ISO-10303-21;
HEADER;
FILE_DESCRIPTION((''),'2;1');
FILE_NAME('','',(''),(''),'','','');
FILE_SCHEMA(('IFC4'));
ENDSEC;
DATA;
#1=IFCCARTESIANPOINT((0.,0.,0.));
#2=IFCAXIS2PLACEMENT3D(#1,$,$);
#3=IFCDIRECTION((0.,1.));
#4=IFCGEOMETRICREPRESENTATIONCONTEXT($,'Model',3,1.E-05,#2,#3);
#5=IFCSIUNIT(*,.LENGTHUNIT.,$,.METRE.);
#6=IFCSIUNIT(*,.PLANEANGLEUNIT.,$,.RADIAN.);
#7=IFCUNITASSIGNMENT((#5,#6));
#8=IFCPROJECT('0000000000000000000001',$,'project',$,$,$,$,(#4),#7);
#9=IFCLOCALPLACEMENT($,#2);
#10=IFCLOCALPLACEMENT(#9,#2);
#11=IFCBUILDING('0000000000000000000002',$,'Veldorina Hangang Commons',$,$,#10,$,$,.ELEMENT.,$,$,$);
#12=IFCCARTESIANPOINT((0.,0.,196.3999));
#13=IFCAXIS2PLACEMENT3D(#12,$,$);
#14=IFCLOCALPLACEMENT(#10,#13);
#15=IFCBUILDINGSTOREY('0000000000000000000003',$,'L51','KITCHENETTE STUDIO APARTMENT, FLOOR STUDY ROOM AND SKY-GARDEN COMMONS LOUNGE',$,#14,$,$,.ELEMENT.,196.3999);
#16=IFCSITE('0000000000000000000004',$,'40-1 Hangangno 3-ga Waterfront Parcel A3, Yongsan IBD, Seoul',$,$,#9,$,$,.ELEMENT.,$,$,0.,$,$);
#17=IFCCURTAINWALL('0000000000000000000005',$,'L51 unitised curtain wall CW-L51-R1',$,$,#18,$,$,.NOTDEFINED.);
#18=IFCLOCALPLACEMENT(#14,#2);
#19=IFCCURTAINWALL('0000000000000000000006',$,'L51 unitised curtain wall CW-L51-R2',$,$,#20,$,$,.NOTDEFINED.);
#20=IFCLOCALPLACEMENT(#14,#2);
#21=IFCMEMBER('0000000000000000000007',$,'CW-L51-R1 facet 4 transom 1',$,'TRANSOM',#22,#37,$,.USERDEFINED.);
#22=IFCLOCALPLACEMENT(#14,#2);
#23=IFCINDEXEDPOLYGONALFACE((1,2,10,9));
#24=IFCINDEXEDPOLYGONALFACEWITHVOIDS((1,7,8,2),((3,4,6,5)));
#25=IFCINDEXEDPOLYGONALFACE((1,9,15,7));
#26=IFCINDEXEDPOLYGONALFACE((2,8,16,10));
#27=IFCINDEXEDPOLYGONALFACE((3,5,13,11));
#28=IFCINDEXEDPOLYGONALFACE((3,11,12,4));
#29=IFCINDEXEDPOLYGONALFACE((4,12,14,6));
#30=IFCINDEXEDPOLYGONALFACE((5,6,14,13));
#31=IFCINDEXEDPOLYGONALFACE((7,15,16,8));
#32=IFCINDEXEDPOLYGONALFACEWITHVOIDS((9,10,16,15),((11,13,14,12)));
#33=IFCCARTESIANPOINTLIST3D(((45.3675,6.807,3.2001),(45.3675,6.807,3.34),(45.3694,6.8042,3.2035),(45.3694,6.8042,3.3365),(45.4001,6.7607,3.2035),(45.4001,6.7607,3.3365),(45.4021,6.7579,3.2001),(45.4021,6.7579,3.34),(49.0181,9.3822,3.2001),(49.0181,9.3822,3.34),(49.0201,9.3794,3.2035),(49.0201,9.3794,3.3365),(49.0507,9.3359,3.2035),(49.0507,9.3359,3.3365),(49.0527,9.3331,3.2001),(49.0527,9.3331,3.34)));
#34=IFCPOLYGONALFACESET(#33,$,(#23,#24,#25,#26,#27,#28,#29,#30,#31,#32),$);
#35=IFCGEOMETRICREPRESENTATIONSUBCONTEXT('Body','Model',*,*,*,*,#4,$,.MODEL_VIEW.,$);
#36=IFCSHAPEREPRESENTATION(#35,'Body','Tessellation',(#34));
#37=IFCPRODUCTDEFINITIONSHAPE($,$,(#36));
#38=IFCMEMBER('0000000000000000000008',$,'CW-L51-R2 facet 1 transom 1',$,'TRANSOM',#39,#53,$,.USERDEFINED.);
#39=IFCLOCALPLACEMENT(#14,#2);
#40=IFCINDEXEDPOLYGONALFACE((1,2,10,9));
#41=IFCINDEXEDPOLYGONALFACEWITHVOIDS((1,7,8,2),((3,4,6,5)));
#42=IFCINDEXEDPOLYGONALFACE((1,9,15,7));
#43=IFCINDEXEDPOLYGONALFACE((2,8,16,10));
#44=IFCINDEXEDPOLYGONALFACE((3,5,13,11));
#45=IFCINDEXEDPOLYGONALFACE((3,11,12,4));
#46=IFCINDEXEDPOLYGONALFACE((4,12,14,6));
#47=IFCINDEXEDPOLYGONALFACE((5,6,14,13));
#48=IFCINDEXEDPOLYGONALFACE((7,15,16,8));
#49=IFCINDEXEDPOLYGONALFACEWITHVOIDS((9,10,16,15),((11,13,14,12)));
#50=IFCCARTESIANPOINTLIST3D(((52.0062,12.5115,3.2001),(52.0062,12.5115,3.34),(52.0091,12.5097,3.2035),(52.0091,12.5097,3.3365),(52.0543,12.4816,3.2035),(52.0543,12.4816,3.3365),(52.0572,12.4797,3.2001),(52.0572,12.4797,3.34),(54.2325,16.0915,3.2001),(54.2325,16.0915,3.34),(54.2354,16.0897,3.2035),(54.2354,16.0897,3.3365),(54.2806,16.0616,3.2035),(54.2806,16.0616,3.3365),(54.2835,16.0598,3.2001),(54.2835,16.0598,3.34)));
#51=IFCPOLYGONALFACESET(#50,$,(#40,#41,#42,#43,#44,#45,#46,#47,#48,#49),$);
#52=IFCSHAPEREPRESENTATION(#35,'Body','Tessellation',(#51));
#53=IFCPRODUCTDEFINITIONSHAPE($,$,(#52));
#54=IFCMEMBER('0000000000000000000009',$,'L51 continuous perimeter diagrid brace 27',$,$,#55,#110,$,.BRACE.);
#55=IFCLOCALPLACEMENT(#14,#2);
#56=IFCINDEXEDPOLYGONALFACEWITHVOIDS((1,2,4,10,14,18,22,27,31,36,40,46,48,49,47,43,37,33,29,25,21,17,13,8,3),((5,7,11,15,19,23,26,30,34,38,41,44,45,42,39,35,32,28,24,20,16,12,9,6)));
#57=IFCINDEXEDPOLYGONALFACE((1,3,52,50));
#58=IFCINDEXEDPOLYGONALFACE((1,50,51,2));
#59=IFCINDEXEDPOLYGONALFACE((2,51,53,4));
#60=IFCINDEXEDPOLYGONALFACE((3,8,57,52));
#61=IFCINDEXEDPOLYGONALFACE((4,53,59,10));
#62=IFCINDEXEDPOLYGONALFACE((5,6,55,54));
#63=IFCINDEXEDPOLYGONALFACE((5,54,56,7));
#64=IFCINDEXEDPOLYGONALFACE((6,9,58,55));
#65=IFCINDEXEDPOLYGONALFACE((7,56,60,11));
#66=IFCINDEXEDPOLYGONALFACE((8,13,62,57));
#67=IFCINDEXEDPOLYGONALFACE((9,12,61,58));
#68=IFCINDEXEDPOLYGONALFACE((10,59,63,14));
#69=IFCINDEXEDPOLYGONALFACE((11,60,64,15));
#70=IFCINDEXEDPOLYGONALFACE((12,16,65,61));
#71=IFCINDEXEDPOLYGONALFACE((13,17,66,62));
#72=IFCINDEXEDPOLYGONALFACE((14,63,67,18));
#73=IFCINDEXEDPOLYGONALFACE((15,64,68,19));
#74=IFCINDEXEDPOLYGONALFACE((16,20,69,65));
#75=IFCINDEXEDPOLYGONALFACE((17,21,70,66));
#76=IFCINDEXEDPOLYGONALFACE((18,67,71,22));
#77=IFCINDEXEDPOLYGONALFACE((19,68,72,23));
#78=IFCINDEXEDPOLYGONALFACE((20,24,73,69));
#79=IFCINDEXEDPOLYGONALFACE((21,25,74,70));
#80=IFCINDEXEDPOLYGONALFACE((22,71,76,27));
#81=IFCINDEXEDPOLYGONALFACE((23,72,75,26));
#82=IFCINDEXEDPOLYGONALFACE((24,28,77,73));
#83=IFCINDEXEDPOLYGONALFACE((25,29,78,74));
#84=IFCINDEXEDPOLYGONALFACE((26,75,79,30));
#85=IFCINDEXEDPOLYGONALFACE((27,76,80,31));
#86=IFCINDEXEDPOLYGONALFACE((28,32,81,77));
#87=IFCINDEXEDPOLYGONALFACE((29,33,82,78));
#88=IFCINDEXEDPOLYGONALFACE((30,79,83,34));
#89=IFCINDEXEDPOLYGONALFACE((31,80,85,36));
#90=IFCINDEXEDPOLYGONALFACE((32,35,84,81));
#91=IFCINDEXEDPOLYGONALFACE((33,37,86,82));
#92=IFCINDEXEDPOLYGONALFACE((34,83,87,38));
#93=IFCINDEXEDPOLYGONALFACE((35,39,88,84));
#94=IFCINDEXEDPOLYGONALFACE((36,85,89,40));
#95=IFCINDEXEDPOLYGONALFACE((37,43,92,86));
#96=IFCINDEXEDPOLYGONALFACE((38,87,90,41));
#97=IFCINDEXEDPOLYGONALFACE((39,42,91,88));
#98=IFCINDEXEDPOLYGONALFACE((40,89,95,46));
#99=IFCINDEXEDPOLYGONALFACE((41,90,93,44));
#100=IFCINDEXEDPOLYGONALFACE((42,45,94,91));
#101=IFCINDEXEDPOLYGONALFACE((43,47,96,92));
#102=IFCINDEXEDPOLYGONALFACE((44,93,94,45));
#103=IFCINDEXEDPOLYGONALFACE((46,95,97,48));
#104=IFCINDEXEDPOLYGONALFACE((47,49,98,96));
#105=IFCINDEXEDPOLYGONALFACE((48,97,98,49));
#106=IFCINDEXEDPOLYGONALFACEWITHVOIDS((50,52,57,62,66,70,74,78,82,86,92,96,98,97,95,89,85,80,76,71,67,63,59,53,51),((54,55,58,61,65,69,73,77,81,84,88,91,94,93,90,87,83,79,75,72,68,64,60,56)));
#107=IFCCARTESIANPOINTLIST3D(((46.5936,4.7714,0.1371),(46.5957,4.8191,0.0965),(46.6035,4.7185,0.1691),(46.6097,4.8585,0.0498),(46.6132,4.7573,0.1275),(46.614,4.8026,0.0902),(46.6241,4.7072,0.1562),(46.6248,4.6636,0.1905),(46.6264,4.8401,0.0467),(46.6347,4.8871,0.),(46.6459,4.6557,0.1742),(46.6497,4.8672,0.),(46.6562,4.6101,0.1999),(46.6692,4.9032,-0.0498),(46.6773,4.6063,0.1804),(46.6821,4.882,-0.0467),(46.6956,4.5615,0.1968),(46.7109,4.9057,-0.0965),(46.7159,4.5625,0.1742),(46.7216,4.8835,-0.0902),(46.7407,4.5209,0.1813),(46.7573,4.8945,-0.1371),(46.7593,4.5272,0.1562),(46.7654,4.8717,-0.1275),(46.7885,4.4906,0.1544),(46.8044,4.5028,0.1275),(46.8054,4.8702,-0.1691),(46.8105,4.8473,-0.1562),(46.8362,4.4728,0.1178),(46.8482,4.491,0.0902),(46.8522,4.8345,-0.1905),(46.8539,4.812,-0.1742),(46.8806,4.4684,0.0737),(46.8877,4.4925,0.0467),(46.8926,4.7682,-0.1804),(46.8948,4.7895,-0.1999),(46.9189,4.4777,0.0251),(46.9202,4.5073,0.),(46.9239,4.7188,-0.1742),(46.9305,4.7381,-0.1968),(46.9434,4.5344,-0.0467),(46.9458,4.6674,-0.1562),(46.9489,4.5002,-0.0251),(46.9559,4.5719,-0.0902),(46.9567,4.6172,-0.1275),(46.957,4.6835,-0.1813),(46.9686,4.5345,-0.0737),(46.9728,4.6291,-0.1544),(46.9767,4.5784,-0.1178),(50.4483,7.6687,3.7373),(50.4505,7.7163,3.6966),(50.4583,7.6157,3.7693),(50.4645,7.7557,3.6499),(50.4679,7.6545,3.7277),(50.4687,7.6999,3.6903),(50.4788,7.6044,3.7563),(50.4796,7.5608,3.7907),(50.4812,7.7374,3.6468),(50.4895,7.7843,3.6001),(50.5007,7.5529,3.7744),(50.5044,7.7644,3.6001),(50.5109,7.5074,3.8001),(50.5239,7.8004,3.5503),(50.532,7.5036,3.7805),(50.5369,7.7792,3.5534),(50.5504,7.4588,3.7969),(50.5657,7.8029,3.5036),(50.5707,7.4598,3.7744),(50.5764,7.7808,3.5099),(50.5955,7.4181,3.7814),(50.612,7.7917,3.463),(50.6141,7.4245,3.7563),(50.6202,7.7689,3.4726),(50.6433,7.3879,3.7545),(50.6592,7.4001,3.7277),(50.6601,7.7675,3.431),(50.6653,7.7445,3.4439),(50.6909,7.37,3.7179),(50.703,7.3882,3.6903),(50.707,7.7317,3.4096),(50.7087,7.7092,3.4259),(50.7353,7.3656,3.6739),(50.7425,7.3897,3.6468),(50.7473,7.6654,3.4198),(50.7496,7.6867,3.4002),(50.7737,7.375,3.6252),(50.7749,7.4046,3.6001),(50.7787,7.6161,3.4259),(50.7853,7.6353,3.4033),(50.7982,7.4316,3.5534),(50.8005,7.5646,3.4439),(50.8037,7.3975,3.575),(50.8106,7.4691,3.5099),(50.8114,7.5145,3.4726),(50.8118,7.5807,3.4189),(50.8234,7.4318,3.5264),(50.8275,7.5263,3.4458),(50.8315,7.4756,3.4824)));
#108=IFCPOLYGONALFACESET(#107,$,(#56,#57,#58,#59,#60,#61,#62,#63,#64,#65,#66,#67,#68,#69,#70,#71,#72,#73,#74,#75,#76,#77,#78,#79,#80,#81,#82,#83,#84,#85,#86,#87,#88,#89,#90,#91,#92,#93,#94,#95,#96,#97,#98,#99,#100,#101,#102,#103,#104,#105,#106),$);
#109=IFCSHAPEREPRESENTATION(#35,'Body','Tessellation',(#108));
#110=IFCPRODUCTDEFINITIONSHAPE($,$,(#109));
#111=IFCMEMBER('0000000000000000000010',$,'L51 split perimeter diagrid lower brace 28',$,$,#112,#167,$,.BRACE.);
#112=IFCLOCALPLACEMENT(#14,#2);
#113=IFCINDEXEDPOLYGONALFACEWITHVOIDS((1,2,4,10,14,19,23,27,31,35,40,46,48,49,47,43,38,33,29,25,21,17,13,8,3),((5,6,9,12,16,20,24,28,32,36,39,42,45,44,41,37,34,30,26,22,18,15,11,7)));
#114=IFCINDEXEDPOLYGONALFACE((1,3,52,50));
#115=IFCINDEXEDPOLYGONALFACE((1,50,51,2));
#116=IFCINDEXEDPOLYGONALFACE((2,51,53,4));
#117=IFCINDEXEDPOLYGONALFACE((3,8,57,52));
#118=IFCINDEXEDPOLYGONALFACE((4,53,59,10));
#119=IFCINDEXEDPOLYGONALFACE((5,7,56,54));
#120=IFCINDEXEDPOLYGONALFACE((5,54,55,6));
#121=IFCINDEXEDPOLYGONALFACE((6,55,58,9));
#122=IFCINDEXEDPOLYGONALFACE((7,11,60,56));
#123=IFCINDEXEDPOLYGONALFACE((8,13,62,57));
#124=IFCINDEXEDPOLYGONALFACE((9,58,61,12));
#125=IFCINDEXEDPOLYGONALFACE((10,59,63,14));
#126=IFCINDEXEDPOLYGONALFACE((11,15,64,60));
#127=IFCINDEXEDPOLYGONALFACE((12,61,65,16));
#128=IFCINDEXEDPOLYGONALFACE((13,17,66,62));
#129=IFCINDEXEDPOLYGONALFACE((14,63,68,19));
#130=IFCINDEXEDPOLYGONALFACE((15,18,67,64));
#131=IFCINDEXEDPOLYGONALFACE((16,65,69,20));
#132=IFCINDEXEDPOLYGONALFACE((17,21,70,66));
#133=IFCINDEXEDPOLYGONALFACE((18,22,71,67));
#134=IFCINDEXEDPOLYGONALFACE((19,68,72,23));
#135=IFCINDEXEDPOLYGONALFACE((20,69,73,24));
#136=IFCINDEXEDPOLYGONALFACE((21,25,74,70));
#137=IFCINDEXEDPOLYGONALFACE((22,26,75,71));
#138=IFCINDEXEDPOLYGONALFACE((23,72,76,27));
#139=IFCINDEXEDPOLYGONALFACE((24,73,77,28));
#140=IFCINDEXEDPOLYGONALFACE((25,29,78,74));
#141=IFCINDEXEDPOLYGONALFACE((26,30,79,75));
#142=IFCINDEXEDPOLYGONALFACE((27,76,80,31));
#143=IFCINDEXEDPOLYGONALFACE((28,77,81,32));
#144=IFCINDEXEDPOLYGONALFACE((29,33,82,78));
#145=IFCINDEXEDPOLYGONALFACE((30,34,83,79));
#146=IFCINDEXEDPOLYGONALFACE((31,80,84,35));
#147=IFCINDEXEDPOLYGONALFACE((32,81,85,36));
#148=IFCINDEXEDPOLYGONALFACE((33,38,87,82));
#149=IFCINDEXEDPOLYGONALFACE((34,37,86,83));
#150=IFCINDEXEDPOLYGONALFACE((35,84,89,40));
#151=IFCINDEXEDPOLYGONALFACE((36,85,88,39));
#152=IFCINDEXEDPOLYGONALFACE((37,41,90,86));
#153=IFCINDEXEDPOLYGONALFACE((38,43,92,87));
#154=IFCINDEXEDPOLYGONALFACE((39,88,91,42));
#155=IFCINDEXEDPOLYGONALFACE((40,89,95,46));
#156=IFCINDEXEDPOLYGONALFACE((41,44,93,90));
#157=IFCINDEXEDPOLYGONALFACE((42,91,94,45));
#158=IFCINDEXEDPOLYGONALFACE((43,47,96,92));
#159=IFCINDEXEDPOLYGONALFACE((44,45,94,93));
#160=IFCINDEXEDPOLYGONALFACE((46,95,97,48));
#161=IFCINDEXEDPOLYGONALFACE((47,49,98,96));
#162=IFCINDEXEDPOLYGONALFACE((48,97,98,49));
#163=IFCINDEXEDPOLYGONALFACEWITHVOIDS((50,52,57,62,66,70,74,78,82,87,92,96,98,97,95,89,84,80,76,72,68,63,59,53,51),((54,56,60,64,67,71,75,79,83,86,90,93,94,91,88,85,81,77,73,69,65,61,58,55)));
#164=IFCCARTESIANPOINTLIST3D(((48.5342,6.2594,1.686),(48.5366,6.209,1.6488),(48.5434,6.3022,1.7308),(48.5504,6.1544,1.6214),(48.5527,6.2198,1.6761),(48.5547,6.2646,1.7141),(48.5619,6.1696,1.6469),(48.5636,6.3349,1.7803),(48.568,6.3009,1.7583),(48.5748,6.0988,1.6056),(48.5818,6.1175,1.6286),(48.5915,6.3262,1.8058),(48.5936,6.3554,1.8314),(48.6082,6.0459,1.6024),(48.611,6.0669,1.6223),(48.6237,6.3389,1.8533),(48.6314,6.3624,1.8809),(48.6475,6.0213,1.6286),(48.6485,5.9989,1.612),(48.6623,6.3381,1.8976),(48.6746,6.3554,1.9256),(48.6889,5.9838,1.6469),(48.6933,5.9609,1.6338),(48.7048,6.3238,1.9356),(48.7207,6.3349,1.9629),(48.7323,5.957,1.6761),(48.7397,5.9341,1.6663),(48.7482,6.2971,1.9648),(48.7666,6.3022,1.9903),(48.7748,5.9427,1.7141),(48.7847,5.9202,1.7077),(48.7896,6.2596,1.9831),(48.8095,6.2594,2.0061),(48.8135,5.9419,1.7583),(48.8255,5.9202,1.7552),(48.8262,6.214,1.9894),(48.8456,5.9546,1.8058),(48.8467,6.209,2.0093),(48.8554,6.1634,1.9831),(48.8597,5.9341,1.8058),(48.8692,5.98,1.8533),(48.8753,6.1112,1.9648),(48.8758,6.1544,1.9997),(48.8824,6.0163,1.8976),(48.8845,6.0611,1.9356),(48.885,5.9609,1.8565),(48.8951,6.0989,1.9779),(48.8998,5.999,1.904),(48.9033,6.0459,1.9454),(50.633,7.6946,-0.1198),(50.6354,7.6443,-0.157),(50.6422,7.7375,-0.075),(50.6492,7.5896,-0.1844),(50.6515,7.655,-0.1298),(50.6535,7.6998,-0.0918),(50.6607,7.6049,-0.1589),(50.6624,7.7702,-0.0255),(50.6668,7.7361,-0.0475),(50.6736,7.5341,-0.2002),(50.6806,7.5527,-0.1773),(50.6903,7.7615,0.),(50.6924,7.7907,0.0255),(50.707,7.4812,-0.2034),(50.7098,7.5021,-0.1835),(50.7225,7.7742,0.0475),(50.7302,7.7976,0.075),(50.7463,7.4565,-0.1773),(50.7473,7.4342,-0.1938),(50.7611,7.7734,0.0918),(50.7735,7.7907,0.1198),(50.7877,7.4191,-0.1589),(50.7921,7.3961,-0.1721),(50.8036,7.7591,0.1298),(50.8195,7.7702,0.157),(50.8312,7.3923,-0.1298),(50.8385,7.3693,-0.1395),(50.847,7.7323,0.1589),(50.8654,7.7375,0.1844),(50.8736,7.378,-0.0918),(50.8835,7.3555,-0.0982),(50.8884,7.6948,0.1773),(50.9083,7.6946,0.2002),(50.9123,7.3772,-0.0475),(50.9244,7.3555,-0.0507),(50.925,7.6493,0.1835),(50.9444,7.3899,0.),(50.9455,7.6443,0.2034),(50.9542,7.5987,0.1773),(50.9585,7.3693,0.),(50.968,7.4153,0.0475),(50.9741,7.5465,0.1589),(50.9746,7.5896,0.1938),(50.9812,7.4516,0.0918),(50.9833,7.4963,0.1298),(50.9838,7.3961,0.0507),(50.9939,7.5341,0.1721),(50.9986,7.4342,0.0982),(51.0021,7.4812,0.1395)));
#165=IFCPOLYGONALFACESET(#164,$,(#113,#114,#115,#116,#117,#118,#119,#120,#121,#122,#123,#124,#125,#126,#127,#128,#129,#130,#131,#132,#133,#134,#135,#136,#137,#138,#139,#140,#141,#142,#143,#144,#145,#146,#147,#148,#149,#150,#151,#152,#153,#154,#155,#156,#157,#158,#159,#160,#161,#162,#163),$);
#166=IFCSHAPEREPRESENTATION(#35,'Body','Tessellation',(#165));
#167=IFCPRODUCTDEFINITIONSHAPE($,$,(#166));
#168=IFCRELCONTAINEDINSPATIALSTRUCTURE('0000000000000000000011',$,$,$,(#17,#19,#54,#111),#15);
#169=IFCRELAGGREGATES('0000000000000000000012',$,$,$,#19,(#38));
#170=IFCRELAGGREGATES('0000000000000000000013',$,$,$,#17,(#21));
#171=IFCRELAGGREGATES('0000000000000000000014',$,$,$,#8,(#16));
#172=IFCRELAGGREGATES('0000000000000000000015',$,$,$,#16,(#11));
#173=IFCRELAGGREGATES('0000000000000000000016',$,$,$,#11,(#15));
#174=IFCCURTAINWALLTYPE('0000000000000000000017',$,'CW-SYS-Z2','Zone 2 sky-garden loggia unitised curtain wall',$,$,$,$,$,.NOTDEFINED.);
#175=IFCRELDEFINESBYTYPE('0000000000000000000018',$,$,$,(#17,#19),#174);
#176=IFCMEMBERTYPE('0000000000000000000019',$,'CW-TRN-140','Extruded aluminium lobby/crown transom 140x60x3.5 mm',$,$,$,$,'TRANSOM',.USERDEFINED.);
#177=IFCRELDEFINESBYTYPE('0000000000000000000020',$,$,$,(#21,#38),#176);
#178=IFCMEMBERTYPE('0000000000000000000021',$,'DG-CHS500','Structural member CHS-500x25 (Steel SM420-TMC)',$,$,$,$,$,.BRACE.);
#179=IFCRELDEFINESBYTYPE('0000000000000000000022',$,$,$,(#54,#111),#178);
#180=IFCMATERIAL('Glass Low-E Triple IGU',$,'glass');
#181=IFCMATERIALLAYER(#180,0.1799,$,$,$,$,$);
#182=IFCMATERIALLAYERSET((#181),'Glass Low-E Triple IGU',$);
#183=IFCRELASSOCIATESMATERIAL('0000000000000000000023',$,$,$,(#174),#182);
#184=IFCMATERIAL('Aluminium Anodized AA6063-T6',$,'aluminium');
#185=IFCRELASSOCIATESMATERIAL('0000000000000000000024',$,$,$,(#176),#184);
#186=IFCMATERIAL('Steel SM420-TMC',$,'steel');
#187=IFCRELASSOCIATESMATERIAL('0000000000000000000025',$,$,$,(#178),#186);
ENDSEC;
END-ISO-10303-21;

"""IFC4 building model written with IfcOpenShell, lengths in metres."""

from ifc_helpers import new_model, si_unit, direction, frame, origin, origin_2d, place, context, subcontext, project, spatial, hollow_rectangle, hollow_circle, extrude, material, layer, layer_set, material_profile, profile_set, type_object, element, aggregate, save


model = new_model("IFC4")

# Units and contexts
model_context = context("Model", 3, precision=1e-05, world=origin(), true_north=direction((0.0, 1.0)))
body_context = subcontext(model_context, "Body", "Model", "MODEL_VIEW")
ifc_project = project(units=[si_unit("LENGTHUNIT", "METRE"), si_unit("PLANEANGLEUNIT", "RADIAN")], contexts=[model_context])

# Site, building, storey
site_placement = place(None, origin())
site = spatial("IfcSite", under=ifc_project, at=site_placement, Name="40-1 Hangangno 3-ga Waterfront Parcel A3, Yongsan IBD, Seoul", CompositionType="ELEMENT", RefElevation=0.0)
building_placement = place(site_placement, origin())
building = spatial("IfcBuilding", under=site, at=building_placement, Name="Veldorina Hangang Commons", CompositionType="ELEMENT")
storey_placement = place(building_placement, frame((0.0, 0.0, 196.3999)))
storey = spatial("IfcBuildingStorey", under=building, at=storey_placement, Name="L51", Description="KITCHENETTE STUDIO APARTMENT, FLOOR STUDY ROOM AND SKY-GARDEN COMMONS LOUNGE", CompositionType="ELEMENT", Elevation=196.3999)

# Shared definitions
ifc_material_1 = material(Name="Steel SM420-TMC", Category="steel")

# Curtain walls
ifc_material_2 = material(Name="Glass Low-E Triple IGU", Category="glass")
ifc_layer_1 = layer(ifc_material_2, 0.1799)
ifc_layer_set_1 = layer_set([ifc_layer_1], Name="Glass Low-E Triple IGU")
curtain_wall_type = type_object("IfcCurtainWallType", Name="CW-SYS-Z2", Description="Zone 2 sky-garden loggia unitised curtain wall", PredefinedType="NOTDEFINED", material=ifc_layer_set_1)
curtain_wall_1_placement = place(storey_placement, origin())
curtain_wall_1 = element("IfcCurtainWall", 1, at=curtain_wall_1_placement, inside=storey, type_object=curtain_wall_type, Name="L51 unitised curtain wall CW-L51-R1", PredefinedType="NOTDEFINED")
ifc_material_3 = material(Name="Aluminium Anodized AA6063-T6", Category="aluminium")
curtain_wall_2_placement = place(storey_placement, origin())
curtain_wall_2 = element("IfcCurtainWall", 2, at=curtain_wall_2_placement, inside=storey, type_object=curtain_wall_type, Name="L51 unitised curtain wall CW-L51-R2", PredefinedType="NOTDEFINED")

# Members
ifc_material_profile_1 = material_profile(ifc_material_3, hollow_rectangle(XDim=0.0601, YDim=0.1399, WallThickness=0.0034, at=origin_2d()), Name="ALU-RHS-140x60x3.5")
ifc_profile_set_1 = profile_set([ifc_material_profile_1], Name="Aluminium Anodized AA6063-T6")
member_type_1 = type_object("IfcMemberType", Name="CW-TRN-140", Description="Extruded aluminium lobby/crown transom 140x60x3.5 mm", ElementType="TRANSOM", PredefinedType="USERDEFINED", material=ifc_profile_set_1)
member_1_placement = place(storey_placement, frame((45.3848, 6.7825, 3.27), z_axis=(0.81715, 0.576426, 0.0), x_axis=(-0.576426, 0.81715, 0.0)))
member_1 = element("IfcMember", 3, at=member_1_placement, type_object=member_type_1, Name="CW-L51-R1 facet 4 transom 1", ObjectType="TRANSOM", PredefinedType="USERDEFINED", context=body_context, shape_type="SweptSolid", body=[
    extrude(hollow_rectangle(XDim=0.0601, YDim=0.1399, WallThickness=0.0034, at=origin_2d()), origin(), (0.0, 0.0, 1.0), 4.4675),
])
member_2_placement = place(storey_placement, frame((52.0317, 12.4956, 3.27), z_axis=(0.528082, 0.849193, 0.0), x_axis=(-0.849193, 0.528082, 0.0)))
member_2 = element("IfcMember", 4, at=member_2_placement, type_object=member_type_1, Name="CW-L51-R2 facet 1 transom 1", ObjectType="TRANSOM", PredefinedType="USERDEFINED", context=body_context, shape_type="SweptSolid", body=[
    extrude(hollow_rectangle(XDim=0.0601, YDim=0.1399, WallThickness=0.0034, at=origin_2d()), origin(), (0.0, 0.0, 1.0), 4.2158),
])
aggregate(curtain_wall_2, [member_2])

# Members
ifc_material_profile_2 = material_profile(ifc_material_1, hollow_circle(Radius=0.25, WallThickness=0.0249, at=origin_2d()), Name="CHS-500x25")
ifc_profile_set_2 = profile_set([ifc_material_profile_2], Name="Steel SM420-TMC")
member_type_2 = type_object("IfcMemberType", Name="DG-CHS500", Description="Structural member CHS-500x25 (Steel SM420-TMC)", PredefinedType="BRACE", material=ifc_profile_set_2)
member_3_placement = place(storey_placement, frame((46.7849, 4.6873, 0.0), z_axis=(0.640559, 0.481444, 0.598244), x_axis=(-0.600818, 0.799386, 0.0)))
element("IfcMember", 5, at=member_3_placement, inside=storey, type_object=member_type_2, Name="L51 continuous perimeter diagrid brace 27", PredefinedType="BRACE", context=body_context, shape_type="SweptSolid", body=[
    extrude(hollow_circle(Radius=0.25, WallThickness=0.0249, at=origin_2d()), origin(), (0.0, 0.0, 1.0), 6.0178),
])
member_4_placement = place(storey_placement, frame((50.8174, 7.5757, 0.0), z_axis=(-0.672984, -0.460215, 0.579046), x_axis=(0.564477, -0.825449, 0.0)))
element("IfcMember", 6, at=member_4_placement, inside=storey, type_object=member_type_2, Name="L51 split perimeter diagrid lower brace 28", PredefinedType="BRACE", context=body_context, shape_type="SweptSolid", body=[
    extrude(hollow_circle(Radius=0.25, WallThickness=0.0249, at=origin_2d()), origin(), (0.0, 0.0, 1.0), 3.1187),
])

aggregate(curtain_wall_1, [member_1])

save(model, "model.ifc")
